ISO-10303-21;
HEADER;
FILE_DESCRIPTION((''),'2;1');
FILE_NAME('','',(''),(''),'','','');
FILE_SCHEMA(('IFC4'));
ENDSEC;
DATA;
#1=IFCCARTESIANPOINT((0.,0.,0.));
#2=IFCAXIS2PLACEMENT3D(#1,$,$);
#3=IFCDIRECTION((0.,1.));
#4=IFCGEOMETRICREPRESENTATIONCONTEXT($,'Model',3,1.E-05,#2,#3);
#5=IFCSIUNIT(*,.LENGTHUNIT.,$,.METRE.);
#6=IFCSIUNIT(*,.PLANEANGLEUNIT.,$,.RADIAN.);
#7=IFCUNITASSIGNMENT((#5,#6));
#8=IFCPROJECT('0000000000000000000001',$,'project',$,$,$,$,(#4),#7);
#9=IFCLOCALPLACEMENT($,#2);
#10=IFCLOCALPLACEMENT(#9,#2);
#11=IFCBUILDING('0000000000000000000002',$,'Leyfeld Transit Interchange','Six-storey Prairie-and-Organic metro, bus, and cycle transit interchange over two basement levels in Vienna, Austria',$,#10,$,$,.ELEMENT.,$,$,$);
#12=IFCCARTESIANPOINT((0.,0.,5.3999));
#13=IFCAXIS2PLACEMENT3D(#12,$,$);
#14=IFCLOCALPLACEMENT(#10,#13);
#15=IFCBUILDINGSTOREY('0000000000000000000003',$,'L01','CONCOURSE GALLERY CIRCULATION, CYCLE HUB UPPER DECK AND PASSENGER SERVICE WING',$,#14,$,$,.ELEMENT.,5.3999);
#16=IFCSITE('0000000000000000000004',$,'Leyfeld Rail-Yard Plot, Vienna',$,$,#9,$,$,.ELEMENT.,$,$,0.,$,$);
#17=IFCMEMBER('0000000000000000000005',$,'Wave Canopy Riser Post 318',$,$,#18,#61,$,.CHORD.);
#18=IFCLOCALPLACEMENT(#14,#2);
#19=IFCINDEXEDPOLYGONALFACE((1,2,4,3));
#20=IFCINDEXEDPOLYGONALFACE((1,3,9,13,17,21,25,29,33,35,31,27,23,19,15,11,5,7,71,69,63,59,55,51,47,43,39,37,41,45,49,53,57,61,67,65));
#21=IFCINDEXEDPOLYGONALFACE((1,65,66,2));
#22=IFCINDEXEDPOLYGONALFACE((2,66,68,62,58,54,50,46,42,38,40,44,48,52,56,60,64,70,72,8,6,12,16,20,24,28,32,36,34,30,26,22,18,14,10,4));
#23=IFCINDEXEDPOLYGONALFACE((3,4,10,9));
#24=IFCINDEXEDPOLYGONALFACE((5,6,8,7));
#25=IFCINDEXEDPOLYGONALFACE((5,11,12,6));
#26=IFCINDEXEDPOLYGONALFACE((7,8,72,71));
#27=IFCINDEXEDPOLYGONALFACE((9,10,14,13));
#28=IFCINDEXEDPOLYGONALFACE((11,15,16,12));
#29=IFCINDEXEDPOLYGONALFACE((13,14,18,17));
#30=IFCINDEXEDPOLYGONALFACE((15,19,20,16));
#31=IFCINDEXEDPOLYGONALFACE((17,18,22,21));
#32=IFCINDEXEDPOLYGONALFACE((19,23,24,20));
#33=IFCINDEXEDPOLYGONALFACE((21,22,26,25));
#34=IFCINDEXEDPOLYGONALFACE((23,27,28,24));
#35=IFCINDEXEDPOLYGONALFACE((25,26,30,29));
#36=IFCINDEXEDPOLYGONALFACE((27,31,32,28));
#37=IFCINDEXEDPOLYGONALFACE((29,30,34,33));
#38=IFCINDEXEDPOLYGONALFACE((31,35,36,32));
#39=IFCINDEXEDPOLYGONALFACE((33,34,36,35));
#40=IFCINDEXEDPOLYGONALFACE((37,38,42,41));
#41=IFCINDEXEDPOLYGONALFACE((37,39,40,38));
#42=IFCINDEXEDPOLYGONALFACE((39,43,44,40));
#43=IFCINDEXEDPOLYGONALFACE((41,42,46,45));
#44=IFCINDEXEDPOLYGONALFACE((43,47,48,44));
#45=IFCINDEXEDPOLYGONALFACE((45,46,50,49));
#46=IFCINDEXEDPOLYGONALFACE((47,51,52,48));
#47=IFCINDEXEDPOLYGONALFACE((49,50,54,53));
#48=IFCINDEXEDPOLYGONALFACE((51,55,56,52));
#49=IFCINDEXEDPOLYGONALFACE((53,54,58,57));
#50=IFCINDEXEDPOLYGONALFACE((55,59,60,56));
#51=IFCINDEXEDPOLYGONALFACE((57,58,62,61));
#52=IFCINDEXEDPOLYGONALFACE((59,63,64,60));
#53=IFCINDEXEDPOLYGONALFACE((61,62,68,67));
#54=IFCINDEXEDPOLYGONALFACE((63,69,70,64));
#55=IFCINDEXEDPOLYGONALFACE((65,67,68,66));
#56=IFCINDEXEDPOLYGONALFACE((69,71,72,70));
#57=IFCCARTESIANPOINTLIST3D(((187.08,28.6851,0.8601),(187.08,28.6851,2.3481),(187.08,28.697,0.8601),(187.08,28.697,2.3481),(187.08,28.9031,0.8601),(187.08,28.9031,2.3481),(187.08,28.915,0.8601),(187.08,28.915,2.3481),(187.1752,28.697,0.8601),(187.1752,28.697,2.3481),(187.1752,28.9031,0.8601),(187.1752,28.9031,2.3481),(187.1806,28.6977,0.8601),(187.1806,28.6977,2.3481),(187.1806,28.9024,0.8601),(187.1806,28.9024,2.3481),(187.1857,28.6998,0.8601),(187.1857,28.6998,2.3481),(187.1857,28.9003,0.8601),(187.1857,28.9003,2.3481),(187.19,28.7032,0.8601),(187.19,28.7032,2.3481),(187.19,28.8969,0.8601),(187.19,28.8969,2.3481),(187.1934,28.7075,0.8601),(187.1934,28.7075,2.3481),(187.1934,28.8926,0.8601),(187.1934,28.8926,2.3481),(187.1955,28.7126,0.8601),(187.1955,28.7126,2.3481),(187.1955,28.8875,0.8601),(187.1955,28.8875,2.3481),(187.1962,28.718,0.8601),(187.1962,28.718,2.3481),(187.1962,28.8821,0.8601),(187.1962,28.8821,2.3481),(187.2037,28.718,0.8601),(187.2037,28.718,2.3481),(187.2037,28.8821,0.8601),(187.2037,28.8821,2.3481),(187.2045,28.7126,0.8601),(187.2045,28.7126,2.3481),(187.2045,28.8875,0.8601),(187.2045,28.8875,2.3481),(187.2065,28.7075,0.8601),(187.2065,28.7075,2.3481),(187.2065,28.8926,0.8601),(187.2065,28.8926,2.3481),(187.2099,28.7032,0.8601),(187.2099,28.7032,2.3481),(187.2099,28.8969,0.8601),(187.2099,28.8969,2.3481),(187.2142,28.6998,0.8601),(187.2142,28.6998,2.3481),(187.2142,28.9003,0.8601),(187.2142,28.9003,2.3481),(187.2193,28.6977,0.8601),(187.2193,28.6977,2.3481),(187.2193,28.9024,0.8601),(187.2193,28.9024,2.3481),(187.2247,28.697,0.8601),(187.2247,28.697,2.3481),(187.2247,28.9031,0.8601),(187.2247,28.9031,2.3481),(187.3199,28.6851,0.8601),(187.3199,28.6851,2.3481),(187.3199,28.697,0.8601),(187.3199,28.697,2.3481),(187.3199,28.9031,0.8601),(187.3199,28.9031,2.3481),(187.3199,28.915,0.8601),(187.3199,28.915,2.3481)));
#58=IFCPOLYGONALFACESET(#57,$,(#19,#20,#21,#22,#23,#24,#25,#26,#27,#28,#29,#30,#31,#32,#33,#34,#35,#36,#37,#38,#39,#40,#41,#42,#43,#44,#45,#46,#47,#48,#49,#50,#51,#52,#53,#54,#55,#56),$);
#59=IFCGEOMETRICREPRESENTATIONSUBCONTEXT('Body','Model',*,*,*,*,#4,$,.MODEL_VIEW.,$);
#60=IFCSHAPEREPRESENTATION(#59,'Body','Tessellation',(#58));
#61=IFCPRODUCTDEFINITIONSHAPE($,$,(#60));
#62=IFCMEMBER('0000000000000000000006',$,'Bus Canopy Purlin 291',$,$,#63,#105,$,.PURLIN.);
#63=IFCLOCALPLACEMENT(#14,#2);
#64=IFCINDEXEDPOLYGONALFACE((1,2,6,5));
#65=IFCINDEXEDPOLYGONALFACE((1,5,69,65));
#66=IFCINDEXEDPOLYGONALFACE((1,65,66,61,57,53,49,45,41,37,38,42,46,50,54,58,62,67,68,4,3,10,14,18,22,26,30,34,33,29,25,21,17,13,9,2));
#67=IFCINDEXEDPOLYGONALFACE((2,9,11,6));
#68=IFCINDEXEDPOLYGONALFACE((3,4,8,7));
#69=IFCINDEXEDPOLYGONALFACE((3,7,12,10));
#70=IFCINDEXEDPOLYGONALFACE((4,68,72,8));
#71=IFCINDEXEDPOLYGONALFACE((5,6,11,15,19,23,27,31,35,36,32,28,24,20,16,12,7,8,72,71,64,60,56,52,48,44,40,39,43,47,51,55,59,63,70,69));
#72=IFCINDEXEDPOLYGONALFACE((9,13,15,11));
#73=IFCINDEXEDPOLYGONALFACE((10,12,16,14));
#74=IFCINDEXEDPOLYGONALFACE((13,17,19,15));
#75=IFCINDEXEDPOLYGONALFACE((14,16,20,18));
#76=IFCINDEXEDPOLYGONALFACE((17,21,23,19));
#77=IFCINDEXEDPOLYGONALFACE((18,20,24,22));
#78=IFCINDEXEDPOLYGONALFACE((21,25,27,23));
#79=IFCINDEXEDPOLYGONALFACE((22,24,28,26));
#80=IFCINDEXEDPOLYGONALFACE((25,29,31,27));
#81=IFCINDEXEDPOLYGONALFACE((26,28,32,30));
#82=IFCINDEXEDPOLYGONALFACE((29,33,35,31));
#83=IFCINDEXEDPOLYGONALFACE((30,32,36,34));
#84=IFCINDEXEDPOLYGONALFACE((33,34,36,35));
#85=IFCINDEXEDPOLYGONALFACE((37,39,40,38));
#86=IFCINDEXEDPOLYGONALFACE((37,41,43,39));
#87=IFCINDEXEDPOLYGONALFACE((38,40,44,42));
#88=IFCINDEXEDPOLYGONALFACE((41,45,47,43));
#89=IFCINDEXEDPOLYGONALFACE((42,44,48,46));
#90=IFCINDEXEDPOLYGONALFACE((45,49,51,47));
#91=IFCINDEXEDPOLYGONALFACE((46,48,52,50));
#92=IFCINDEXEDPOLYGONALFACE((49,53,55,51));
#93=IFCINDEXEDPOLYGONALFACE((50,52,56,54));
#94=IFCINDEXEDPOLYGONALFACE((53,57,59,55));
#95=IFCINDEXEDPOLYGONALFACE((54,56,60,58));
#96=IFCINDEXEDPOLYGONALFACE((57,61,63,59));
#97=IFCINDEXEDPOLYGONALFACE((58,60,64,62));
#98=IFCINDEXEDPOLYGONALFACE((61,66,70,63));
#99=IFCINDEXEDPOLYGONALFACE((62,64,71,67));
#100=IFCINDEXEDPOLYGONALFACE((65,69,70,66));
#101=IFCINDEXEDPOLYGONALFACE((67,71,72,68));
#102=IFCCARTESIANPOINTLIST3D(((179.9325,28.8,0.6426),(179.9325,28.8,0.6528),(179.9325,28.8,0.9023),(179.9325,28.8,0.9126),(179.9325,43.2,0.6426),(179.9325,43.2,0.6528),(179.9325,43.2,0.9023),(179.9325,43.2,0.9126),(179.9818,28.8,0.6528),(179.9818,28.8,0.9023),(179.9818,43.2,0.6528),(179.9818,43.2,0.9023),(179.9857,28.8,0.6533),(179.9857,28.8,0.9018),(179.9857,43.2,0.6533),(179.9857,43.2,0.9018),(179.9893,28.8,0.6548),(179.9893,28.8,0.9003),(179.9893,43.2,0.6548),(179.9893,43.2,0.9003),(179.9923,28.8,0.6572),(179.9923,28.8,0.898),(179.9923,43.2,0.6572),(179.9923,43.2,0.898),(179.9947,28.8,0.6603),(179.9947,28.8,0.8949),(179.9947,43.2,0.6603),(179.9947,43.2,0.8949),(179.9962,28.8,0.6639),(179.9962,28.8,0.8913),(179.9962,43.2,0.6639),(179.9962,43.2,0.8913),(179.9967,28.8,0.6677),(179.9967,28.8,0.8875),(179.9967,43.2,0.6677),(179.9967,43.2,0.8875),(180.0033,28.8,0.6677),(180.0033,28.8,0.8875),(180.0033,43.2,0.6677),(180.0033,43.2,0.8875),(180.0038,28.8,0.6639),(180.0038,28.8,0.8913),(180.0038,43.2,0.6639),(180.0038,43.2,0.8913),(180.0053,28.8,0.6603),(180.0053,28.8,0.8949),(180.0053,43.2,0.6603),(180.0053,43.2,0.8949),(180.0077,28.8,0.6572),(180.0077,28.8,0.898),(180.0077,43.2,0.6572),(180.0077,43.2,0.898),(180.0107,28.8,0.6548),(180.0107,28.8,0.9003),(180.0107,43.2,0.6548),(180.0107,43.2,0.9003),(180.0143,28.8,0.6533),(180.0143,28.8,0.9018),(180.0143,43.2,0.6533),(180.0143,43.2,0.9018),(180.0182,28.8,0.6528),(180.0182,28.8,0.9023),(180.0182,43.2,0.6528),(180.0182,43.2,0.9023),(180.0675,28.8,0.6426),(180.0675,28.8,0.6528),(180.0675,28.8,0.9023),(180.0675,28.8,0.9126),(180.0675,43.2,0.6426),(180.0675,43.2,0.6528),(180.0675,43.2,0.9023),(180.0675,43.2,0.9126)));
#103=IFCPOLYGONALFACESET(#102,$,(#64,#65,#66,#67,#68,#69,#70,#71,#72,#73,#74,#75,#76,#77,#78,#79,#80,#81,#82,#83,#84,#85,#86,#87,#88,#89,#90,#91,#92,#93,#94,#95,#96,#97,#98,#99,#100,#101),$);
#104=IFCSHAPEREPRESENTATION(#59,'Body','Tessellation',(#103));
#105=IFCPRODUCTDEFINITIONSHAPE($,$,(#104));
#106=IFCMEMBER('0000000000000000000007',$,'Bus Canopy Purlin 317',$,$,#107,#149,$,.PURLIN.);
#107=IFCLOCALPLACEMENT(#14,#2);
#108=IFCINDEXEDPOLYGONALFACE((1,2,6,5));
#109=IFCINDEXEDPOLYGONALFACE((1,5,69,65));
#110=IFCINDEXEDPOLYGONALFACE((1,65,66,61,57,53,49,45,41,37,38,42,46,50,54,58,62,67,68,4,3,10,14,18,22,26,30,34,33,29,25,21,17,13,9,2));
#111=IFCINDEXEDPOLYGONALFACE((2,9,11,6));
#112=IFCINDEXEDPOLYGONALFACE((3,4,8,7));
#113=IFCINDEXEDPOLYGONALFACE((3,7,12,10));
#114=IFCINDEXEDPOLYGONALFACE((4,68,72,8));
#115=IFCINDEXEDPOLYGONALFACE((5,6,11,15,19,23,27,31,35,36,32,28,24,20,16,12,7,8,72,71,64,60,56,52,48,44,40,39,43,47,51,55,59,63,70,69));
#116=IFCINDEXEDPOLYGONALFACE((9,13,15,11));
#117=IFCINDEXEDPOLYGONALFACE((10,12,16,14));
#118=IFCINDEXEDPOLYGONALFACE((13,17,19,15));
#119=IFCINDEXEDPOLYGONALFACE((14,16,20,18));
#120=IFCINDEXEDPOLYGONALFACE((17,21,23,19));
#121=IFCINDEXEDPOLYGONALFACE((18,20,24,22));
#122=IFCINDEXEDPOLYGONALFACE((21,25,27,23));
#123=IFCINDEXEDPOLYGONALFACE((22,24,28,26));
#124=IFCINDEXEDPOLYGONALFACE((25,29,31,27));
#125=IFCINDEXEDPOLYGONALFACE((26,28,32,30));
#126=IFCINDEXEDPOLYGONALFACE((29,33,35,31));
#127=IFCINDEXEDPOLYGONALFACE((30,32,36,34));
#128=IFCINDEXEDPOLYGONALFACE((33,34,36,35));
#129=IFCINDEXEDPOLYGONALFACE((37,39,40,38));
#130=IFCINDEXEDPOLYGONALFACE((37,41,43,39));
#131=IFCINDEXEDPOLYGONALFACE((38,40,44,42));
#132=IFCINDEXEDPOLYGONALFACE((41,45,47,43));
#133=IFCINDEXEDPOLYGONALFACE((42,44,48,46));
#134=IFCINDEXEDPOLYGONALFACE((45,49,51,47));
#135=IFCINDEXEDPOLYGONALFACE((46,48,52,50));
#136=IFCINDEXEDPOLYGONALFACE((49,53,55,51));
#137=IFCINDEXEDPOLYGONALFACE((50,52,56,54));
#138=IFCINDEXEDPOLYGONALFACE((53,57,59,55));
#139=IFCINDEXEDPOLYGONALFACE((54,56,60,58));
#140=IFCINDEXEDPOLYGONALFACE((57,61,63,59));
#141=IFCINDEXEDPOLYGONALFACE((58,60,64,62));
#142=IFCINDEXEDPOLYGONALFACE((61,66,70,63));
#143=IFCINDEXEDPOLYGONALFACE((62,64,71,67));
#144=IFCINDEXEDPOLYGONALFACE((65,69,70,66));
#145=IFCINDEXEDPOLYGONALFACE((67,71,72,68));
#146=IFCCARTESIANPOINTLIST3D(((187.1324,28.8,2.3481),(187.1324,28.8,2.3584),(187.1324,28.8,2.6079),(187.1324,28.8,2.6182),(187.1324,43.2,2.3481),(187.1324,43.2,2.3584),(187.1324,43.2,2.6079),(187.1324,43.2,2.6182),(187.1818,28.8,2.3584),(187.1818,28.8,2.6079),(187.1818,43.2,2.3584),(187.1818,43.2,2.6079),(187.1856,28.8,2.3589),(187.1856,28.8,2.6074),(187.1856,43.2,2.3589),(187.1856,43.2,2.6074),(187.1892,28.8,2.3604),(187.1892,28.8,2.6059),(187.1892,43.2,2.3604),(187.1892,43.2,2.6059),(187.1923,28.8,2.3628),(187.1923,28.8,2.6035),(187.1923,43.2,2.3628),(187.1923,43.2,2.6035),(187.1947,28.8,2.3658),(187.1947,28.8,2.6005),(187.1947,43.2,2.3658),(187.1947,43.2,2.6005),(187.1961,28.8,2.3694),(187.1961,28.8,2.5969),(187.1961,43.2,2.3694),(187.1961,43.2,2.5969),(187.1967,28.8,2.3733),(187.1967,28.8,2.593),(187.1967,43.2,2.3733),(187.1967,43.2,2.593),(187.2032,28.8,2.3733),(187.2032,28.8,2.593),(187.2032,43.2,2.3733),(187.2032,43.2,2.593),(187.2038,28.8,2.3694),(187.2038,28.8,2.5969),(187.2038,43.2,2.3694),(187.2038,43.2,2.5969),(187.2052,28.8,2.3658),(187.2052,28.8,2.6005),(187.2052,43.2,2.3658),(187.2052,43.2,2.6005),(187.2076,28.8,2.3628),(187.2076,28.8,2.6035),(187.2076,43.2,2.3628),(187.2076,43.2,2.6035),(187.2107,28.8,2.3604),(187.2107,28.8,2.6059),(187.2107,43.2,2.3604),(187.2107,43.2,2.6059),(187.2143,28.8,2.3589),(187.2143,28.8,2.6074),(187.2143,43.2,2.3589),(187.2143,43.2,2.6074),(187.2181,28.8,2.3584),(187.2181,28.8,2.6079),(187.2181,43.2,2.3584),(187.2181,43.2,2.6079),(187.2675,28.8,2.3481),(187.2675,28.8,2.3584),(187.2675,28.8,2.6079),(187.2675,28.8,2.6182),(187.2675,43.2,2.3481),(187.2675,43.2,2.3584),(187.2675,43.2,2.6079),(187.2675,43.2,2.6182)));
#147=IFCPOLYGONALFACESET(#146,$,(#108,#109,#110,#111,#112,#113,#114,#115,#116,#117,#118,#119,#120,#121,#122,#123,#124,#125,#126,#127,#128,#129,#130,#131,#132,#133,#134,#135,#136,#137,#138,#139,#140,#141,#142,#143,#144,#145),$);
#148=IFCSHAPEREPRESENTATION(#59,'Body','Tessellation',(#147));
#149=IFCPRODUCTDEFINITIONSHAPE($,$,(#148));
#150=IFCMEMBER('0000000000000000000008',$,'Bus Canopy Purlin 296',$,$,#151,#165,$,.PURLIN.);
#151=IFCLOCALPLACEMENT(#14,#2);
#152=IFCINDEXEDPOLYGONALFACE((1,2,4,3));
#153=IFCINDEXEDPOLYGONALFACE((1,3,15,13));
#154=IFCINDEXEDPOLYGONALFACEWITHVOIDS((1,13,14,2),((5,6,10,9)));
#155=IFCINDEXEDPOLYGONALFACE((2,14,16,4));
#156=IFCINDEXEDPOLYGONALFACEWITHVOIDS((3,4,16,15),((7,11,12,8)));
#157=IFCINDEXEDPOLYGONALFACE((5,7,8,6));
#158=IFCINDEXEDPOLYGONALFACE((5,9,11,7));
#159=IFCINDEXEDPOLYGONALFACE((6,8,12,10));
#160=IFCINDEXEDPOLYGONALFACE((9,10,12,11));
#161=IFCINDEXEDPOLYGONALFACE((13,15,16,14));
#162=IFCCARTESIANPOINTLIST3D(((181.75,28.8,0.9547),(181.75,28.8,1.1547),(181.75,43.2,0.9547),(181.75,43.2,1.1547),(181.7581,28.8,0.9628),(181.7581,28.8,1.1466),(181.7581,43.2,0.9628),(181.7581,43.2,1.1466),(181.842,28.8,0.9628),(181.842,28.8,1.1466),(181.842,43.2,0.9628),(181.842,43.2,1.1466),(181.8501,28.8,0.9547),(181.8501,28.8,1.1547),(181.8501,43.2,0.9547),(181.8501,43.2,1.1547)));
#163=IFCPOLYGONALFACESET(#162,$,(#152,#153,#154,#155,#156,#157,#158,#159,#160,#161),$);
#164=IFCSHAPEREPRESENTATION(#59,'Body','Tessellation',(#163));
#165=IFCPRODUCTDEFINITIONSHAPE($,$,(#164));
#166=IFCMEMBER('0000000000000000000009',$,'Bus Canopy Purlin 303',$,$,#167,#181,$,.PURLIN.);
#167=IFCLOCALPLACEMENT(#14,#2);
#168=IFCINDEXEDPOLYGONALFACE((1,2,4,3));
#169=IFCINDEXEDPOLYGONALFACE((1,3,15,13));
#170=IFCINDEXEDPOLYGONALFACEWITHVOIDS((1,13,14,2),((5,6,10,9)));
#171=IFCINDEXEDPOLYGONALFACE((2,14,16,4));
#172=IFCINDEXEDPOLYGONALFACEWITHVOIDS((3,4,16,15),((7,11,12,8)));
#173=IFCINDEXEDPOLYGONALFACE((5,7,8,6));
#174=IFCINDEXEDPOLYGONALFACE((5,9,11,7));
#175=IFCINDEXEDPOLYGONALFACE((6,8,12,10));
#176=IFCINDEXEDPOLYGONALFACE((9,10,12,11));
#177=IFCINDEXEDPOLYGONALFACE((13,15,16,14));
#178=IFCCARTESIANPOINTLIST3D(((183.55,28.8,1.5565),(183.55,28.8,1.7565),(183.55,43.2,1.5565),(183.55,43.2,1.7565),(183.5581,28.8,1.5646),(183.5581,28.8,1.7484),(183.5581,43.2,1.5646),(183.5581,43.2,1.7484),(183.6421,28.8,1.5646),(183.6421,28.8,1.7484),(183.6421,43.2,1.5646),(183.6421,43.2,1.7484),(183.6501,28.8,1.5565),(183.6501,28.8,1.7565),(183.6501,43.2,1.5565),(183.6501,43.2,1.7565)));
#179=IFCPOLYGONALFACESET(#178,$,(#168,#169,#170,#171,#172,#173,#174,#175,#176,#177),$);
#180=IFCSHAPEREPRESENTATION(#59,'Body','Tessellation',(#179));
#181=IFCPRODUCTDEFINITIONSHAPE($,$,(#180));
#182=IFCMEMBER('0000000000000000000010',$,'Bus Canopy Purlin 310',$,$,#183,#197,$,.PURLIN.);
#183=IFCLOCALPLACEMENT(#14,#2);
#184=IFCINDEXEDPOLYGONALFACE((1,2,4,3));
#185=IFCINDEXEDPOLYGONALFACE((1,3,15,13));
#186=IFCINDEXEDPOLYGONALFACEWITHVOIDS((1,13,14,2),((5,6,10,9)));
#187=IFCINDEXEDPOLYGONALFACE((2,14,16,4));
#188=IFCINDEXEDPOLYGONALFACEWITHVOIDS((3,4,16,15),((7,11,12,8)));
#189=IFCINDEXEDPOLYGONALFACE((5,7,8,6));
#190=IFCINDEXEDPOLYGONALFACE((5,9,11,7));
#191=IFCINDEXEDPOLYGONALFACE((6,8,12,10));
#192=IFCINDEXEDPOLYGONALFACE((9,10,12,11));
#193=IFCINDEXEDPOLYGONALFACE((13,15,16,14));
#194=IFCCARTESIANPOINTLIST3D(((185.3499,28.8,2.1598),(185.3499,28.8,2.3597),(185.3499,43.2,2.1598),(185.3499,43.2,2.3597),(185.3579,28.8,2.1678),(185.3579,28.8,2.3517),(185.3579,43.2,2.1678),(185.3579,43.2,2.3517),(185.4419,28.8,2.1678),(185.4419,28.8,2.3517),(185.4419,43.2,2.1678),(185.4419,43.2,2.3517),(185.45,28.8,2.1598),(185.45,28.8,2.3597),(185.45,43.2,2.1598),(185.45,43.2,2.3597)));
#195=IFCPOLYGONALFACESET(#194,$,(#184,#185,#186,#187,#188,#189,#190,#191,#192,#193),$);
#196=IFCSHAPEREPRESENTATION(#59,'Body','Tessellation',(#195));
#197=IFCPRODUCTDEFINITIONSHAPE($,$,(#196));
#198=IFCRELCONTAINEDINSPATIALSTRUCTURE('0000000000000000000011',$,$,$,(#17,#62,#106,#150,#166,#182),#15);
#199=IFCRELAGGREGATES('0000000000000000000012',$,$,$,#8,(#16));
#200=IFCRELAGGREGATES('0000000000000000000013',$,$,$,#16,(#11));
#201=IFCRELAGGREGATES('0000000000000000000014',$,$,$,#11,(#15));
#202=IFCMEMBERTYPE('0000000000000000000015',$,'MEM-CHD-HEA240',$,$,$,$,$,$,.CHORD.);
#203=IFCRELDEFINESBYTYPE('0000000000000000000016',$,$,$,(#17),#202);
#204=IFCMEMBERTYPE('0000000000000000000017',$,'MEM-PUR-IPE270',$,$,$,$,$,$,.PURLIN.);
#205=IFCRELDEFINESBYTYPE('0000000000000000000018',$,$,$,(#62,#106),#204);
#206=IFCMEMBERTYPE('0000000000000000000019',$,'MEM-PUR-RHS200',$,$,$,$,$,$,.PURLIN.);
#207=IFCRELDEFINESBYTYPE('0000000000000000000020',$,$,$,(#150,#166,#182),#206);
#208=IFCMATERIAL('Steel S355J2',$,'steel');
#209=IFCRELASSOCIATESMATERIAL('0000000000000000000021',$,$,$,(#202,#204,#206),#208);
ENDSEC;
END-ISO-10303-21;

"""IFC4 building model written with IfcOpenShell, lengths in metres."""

from ifc_helpers import new_model, si_unit, direction, frame, origin, origin_2d, place, context, subcontext, project, spatial, hollow_rectangle, i_section, extrude, material, material_profile, profile_set, type_object, element, save


model = new_model("IFC4")

# Units and contexts
model_context = context("Model", 3, precision=1e-05, world=origin(), true_north=direction((0.0, 1.0)))
body_context = subcontext(model_context, "Body", "Model", "MODEL_VIEW")
ifc_project = project(units=[si_unit("LENGTHUNIT", "METRE"), si_unit("PLANEANGLEUNIT", "RADIAN")], contexts=[model_context])

# Site, building, storey
site_placement = place(None, origin())
site = spatial("IfcSite", under=ifc_project, at=site_placement, Name="Leyfeld Rail-Yard Plot, Vienna", CompositionType="ELEMENT", RefElevation=0.0)
building_placement = place(site_placement, origin())
building = spatial("IfcBuilding", under=site, at=building_placement, Name="Leyfeld Transit Interchange", Description="Six-storey Prairie-and-Organic metro, bus, and cycle transit interchange over two basement levels in Vienna, Austria", CompositionType="ELEMENT")
storey_placement = place(building_placement, frame((0.0, 0.0, 5.3999)))
storey = spatial("IfcBuildingStorey", under=building, at=storey_placement, Name="L01", Description="CONCOURSE GALLERY CIRCULATION, CYCLE HUB UPPER DECK AND PASSENGER SERVICE WING", CompositionType="ELEMENT", Elevation=5.3999)

# Shared definitions
ifc_material_1 = material(Name="Steel S355J2", Category="steel")

# Members
ifc_material_profile_1 = material_profile(ifc_material_1, i_section(OverallWidth=0.24, OverallDepth=0.23, WebThickness=0.0076, FlangeThickness=0.012, FilletRadius=0.021, at=origin_2d()), Name="HEA 240")
ifc_profile_set_1 = profile_set([ifc_material_profile_1], Name="Steel S355J2")
member_type_1 = type_object("IfcMemberType", Name="MEM-CHD-HEA240", PredefinedType="CHORD", material=ifc_profile_set_1)
member_1_placement = place(storey_placement, frame((187.2, 28.8, 0.8601), z_axis=(0.0, 0.0, 1.0), x_axis=(1.0, 0.0, 0.0)))
element("IfcMember", 1, at=member_1_placement, inside=storey, type_object=member_type_1, Name="Wave Canopy Riser Post 318", PredefinedType="CHORD", context=body_context, shape_type="SweptSolid", body=[
    extrude(i_section(OverallWidth=0.24, OverallDepth=0.23, WebThickness=0.0076, FlangeThickness=0.012, FilletRadius=0.021, at=origin_2d()), origin(), (0.0, 0.0, 1.0), 1.488),
])
ifc_material_profile_2 = material_profile(ifc_material_1, i_section(OverallWidth=0.135, OverallDepth=0.27, WebThickness=0.0066, FlangeThickness=0.0103, FilletRadius=0.0149, at=origin_2d()), Name="IPE 270")
ifc_profile_set_2 = profile_set([ifc_material_profile_2], Name="Steel S355J2")
member_type_2 = type_object("IfcMemberType", Name="MEM-PUR-IPE270", PredefinedType="PURLIN", material=ifc_profile_set_2)
for number, where, z_axis, x_axis, name in (
    (2, (180.0, 28.8, 0.7776), (0.0, 1.0, 0.0), (-1.0, 0.0, 0.0), "Bus Canopy Purlin 291"),
    (3, (187.2, 28.8, 2.4832), (0.0, 1.0, 0.0), (-1.0, 0.0, 0.0), "Bus Canopy Purlin 317"),
):
    element("IfcMember", number, at=place(storey_placement, frame(where, z_axis=z_axis, x_axis=x_axis)), inside=storey, type_object=member_type_2, Name=name, PredefinedType="PURLIN", context=body_context, shape_type="SweptSolid", body=[
        extrude(i_section(OverallWidth=0.135, OverallDepth=0.27, WebThickness=0.0066, FlangeThickness=0.0103, FilletRadius=0.0149, at=origin_2d()), origin(), (0.0, 0.0, 1.0), 14.3999),
    ])
ifc_material_profile_3 = material_profile(ifc_material_1, hollow_rectangle(XDim=0.1001, YDim=0.2, WallThickness=0.0081, at=origin_2d()), Name="RHS 200x100x8")
ifc_profile_set_3 = profile_set([ifc_material_profile_3], Name="Steel S355J2")
member_type_3 = type_object("IfcMemberType", Name="MEM-PUR-RHS200", PredefinedType="PURLIN", material=ifc_profile_set_3)
for number, where, z_axis, x_axis, name in (
    (4, (181.8, 28.8, 1.0547), (0.0, 1.0, 0.0), (-1.0, 0.0, 0.0), "Bus Canopy Purlin 296"),
    (5, (183.6001, 28.8, 1.6565), (0.0, 1.0, 0.0), (-1.0, 0.0, 0.0), "Bus Canopy Purlin 303"),
    (6, (185.3999, 28.8, 2.2598), (0.0, 1.0, 0.0), (-1.0, 0.0, 0.0), "Bus Canopy Purlin 310"),
):
    element("IfcMember", number, at=place(storey_placement, frame(where, z_axis=z_axis, x_axis=x_axis)), inside=storey, type_object=member_type_3, Name=name, PredefinedType="PURLIN", context=body_context, shape_type="SweptSolid", body=[
        extrude(hollow_rectangle(XDim=0.1001, YDim=0.2, WallThickness=0.0081, at=origin_2d()), origin(), (0.0, 0.0, 1.0), 14.3999),
    ])

save(model, "model.ifc")
